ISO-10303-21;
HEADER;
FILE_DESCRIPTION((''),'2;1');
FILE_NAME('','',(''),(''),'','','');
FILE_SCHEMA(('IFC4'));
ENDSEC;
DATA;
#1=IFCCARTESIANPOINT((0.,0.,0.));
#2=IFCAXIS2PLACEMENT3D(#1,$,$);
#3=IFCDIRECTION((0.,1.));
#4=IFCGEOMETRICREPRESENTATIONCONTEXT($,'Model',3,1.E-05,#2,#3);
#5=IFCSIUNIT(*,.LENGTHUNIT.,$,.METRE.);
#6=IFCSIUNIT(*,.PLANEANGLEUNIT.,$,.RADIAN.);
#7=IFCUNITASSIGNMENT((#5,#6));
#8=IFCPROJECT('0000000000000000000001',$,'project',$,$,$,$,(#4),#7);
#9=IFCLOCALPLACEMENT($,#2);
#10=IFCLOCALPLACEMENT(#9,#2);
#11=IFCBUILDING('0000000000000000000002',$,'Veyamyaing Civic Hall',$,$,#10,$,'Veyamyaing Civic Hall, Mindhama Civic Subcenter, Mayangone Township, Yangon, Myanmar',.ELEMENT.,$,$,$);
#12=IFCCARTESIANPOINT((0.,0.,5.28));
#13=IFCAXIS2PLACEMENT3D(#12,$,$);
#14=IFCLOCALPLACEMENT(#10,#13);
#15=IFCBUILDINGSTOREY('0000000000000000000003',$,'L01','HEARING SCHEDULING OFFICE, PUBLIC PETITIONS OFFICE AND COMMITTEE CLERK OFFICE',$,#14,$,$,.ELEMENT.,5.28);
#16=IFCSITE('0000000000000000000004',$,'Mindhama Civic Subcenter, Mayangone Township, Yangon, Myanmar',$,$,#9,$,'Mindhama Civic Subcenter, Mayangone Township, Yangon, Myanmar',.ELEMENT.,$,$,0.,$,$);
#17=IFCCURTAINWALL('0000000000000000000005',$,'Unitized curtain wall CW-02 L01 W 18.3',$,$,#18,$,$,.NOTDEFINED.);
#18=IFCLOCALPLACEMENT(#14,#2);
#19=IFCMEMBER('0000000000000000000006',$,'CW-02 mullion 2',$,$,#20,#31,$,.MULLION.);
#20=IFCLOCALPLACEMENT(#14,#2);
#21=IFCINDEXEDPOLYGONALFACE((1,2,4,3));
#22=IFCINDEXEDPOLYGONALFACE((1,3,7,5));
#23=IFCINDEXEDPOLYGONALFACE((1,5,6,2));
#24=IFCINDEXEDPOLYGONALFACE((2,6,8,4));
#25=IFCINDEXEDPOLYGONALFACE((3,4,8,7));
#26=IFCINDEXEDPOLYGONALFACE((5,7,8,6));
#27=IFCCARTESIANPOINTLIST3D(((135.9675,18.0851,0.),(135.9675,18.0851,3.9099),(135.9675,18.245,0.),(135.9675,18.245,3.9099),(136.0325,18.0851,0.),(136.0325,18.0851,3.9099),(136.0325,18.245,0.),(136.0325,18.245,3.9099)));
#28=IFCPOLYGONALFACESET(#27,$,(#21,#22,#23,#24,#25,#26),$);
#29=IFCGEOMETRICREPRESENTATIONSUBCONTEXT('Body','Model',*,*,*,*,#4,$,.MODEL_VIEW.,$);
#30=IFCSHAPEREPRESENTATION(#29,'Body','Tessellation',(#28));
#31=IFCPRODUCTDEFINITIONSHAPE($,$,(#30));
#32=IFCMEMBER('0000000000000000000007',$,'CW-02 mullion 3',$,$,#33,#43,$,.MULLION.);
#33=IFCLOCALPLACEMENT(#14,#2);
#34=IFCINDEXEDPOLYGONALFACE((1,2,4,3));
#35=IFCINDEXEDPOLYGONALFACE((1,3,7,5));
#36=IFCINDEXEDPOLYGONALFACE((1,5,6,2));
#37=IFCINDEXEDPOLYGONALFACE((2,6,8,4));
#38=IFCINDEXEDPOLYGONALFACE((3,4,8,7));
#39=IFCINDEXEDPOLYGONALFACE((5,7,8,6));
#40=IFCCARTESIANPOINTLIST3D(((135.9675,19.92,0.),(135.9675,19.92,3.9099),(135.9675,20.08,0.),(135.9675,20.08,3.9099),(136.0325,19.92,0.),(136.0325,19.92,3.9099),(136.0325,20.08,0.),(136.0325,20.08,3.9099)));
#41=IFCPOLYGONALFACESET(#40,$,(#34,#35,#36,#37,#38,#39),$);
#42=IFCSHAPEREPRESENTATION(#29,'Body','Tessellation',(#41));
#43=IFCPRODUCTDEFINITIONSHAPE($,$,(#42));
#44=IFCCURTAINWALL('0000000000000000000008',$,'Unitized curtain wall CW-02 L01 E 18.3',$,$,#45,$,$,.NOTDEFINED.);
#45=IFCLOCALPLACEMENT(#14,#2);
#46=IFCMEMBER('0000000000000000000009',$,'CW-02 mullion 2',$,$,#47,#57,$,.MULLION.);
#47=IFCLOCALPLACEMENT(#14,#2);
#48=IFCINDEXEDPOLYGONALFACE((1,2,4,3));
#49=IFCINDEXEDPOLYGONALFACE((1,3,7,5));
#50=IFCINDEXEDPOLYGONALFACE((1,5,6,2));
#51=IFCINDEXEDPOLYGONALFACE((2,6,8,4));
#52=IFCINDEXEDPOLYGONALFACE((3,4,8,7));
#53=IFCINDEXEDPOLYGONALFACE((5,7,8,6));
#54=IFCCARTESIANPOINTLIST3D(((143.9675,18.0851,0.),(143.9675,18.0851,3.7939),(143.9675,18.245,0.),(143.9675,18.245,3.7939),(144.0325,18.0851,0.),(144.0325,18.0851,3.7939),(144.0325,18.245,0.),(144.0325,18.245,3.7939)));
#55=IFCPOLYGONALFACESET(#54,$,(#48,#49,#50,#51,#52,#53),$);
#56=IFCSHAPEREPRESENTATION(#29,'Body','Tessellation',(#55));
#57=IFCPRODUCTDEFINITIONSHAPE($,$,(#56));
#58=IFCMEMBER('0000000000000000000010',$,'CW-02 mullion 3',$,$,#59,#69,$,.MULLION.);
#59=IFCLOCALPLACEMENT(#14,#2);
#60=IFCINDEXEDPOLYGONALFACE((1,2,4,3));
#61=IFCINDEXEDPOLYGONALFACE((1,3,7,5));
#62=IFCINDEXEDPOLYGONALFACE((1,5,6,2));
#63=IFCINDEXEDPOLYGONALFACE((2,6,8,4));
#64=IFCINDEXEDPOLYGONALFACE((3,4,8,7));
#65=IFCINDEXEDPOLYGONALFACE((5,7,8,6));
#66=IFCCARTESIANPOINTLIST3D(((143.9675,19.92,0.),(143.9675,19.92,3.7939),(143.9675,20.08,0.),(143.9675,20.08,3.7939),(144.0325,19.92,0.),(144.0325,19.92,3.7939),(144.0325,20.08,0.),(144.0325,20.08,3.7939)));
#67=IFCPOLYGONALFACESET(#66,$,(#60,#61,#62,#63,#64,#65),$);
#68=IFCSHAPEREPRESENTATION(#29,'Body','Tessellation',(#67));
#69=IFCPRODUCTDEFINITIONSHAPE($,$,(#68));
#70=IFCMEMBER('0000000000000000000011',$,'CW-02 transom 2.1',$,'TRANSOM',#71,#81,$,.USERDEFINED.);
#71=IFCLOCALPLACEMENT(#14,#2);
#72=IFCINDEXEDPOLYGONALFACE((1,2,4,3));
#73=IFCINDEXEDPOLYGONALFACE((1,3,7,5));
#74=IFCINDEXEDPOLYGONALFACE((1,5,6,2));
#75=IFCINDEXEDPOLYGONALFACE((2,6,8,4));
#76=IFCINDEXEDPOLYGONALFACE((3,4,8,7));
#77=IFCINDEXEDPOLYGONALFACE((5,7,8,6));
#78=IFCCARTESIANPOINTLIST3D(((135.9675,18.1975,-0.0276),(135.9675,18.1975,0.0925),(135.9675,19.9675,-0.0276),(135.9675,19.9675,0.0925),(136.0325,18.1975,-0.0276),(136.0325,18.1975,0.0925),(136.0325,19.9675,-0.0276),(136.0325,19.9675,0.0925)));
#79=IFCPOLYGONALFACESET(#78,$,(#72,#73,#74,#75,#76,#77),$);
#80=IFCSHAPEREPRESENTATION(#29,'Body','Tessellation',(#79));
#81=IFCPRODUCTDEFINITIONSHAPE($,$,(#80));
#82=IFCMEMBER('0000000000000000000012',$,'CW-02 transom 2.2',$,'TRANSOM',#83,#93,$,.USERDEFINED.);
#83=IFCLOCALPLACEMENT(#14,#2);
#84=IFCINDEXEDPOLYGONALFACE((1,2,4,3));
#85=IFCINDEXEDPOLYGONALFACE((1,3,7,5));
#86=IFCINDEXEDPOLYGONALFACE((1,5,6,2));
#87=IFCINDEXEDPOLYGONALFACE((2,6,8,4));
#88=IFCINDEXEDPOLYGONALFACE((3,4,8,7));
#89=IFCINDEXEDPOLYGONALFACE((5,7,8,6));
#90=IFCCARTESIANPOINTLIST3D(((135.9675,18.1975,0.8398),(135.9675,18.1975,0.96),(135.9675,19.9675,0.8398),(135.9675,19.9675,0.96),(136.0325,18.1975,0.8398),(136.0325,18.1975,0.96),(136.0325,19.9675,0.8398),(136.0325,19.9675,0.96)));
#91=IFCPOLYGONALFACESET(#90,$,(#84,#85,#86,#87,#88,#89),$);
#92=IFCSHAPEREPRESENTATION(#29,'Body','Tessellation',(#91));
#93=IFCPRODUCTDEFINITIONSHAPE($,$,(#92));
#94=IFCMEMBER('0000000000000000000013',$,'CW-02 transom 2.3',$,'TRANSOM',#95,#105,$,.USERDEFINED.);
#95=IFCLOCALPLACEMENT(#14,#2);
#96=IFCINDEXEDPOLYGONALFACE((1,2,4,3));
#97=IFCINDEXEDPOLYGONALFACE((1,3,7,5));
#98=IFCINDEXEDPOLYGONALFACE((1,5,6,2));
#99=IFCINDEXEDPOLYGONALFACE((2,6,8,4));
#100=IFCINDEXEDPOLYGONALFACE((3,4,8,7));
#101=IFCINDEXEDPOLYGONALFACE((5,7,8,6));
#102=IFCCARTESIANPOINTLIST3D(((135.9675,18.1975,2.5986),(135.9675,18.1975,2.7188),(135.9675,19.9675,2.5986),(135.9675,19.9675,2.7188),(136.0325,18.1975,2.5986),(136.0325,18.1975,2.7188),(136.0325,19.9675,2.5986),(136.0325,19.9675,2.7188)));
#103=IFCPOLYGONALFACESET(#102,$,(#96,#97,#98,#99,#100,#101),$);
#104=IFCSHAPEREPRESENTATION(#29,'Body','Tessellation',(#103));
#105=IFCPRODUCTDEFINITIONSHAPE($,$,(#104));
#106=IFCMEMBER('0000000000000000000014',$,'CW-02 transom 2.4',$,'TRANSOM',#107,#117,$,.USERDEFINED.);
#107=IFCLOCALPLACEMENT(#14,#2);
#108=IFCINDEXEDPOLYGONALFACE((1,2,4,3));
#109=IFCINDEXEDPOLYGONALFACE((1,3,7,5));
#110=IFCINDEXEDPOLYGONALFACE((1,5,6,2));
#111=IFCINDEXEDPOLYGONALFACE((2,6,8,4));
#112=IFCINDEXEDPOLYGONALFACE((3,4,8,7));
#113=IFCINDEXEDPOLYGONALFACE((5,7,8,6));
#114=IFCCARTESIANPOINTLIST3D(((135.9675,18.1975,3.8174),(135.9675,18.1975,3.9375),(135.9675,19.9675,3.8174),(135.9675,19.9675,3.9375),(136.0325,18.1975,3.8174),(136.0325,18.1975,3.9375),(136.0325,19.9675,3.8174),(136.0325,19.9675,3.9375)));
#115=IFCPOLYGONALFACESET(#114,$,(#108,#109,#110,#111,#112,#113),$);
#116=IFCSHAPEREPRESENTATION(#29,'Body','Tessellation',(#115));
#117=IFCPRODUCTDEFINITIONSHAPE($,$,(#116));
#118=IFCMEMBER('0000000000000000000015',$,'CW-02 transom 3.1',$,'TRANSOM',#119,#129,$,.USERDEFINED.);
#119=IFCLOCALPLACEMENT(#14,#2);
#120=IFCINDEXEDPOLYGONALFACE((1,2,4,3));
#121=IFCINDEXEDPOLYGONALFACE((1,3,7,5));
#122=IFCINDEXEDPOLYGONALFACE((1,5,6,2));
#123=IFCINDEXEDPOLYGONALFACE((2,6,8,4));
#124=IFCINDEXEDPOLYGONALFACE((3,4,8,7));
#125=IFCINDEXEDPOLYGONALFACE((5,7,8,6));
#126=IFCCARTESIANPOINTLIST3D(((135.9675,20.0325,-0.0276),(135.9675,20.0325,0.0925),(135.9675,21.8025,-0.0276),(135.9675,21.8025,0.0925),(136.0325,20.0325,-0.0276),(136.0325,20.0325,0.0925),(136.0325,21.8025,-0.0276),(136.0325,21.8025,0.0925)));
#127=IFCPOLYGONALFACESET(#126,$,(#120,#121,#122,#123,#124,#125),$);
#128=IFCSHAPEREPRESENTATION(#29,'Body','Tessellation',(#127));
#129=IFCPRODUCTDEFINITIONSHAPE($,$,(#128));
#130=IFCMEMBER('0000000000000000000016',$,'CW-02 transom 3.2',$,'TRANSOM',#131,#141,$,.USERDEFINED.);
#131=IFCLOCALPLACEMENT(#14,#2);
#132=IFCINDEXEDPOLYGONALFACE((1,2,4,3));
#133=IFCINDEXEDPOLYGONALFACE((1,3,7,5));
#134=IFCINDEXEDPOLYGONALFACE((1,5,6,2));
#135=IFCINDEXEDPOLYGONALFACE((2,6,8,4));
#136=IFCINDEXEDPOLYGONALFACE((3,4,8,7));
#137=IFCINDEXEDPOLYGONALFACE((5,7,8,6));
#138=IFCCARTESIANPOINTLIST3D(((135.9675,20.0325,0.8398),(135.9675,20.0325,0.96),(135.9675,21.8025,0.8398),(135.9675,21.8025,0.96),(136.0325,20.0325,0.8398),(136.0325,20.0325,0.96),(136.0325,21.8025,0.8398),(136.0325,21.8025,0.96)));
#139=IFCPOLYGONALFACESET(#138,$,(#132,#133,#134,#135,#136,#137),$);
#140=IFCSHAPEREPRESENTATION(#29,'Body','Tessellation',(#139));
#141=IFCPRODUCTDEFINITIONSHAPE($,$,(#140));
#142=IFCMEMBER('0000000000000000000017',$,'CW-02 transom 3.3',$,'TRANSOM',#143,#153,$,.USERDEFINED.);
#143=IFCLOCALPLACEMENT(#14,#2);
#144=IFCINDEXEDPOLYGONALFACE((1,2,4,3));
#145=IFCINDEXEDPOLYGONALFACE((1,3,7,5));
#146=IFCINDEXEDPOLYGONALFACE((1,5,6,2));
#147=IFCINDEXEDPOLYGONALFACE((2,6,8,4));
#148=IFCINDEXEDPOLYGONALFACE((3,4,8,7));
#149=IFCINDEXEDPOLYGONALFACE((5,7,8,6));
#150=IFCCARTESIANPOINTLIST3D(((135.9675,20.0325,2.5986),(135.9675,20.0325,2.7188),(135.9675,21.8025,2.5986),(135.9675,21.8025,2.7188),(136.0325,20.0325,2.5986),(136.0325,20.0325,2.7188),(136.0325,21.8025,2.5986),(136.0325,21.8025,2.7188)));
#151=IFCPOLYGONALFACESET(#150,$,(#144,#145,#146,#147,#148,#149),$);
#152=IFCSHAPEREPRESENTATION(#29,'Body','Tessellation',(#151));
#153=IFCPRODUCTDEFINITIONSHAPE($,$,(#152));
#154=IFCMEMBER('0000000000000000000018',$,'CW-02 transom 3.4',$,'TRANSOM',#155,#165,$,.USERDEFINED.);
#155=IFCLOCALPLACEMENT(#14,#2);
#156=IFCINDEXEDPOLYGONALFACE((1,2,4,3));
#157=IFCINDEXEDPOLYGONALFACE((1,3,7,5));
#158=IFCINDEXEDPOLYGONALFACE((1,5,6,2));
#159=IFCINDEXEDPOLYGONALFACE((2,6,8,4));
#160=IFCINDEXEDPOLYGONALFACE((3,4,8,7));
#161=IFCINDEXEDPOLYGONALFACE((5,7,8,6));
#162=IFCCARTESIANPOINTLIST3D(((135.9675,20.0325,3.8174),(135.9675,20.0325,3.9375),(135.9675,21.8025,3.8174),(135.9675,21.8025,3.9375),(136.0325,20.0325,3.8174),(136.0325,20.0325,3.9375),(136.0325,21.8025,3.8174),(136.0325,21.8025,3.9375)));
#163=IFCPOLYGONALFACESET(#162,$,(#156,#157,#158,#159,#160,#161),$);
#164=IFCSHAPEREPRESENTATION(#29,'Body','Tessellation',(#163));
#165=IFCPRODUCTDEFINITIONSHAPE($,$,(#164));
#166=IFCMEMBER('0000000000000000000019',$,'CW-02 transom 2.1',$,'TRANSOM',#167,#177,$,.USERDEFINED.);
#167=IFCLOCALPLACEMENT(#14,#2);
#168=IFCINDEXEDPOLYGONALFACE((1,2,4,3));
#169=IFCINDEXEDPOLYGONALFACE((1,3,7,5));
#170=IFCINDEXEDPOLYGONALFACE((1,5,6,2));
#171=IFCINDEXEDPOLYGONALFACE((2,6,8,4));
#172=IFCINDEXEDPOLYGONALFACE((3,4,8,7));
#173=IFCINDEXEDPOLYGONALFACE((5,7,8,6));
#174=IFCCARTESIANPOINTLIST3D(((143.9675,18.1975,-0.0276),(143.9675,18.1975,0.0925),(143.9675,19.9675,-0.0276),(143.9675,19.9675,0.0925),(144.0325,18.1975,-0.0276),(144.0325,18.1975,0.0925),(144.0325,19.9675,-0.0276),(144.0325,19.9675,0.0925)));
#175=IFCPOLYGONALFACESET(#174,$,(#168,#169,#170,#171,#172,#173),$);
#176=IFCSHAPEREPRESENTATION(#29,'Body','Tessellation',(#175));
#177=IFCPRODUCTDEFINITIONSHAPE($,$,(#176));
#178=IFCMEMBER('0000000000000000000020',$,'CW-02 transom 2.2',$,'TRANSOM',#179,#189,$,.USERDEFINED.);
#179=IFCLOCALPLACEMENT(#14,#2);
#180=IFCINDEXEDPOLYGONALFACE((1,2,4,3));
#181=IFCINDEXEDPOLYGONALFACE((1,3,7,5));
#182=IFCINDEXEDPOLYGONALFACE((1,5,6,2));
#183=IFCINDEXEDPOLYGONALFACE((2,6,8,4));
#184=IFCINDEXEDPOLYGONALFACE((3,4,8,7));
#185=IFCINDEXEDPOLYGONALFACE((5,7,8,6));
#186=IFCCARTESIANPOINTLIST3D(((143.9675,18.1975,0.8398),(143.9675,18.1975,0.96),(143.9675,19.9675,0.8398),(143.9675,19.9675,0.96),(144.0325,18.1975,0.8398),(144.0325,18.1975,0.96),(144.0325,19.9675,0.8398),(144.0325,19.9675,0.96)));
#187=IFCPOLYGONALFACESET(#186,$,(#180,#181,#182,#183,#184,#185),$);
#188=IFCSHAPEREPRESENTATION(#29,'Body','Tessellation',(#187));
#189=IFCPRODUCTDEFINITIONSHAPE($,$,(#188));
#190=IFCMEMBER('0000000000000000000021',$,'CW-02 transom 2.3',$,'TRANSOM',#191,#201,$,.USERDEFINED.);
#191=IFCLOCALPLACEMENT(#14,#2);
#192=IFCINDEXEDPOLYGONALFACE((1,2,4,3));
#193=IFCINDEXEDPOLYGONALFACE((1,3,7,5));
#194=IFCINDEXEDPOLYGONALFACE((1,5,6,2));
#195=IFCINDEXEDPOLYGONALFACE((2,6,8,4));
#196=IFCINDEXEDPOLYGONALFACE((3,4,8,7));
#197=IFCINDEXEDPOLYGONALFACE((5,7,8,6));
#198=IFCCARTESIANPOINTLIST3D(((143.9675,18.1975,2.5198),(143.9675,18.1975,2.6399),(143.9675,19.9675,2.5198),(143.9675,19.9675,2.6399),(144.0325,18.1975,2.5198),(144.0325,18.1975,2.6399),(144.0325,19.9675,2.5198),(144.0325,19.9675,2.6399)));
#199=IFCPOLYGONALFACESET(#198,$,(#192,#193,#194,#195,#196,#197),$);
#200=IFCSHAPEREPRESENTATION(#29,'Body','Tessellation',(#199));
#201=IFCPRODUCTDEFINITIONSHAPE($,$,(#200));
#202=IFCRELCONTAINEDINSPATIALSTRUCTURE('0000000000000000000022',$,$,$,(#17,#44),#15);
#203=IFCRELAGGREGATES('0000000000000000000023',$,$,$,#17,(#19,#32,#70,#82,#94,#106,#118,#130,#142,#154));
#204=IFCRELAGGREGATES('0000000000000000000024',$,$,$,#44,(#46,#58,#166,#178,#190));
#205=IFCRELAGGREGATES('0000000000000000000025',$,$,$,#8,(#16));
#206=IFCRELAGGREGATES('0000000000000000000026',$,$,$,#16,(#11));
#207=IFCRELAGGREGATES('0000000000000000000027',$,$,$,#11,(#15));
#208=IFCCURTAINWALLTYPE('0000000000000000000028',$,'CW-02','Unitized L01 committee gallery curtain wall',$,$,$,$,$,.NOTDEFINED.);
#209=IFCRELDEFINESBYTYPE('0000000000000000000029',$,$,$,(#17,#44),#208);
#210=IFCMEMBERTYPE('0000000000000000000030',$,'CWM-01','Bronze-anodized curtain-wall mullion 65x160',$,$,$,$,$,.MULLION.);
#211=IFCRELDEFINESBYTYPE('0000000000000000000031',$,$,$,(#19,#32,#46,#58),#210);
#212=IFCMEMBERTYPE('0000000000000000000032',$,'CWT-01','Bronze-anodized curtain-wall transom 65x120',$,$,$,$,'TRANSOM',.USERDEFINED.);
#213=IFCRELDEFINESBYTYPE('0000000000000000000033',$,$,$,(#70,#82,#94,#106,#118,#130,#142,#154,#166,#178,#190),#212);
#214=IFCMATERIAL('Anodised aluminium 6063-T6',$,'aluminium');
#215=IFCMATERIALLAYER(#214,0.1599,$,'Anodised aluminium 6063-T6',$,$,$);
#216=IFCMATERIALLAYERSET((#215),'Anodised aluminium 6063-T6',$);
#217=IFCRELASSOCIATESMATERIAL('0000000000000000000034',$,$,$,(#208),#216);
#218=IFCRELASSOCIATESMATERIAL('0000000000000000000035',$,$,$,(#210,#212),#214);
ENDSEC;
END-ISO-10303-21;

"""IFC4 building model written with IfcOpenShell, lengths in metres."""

from ifc_helpers import new_model, si_unit, direction, frame, origin, origin_2d, place, context, subcontext, project, spatial, rectangle, extrude, material, layer, layer_set, material_profile, profile_set, type_object, element, aggregate, save


model = new_model("IFC4")

# Units and contexts
model_context = context("Model", 3, precision=1e-05, world=origin(), true_north=direction((0.0, 1.0)))
body_context = subcontext(model_context, "Body", "Model", "MODEL_VIEW")
ifc_project = project(units=[si_unit("LENGTHUNIT", "METRE"), si_unit("PLANEANGLEUNIT", "RADIAN")], contexts=[model_context])

# Site, building, storey
site_placement = place(None, origin())
site = spatial("IfcSite", under=ifc_project, at=site_placement, Name="Mindhama Civic Subcenter, Mayangone Township, Yangon, Myanmar", LongName="Mindhama Civic Subcenter, Mayangone Township, Yangon, Myanmar", CompositionType="ELEMENT", RefElevation=0.0)
building_placement = place(site_placement, origin())
building = spatial("IfcBuilding", under=site, at=building_placement, Name="Veyamyaing Civic Hall", LongName="Veyamyaing Civic Hall, Mindhama Civic Subcenter, Mayangone Township, Yangon, Myanmar", CompositionType="ELEMENT")
storey_placement = place(building_placement, frame((0.0, 0.0, 5.28)))
storey = spatial("IfcBuildingStorey", under=building, at=storey_placement, Name="L01", Description="HEARING SCHEDULING OFFICE, PUBLIC PETITIONS OFFICE AND COMMITTEE CLERK OFFICE", CompositionType="ELEMENT", Elevation=5.28)

# Curtain walls, members
ifc_material_1 = material(Name="Anodised aluminium 6063-T6", Category="aluminium")
ifc_layer_1 = layer(ifc_material_1, 0.1599, Name="Anodised aluminium 6063-T6")
ifc_layer_set_1 = layer_set([ifc_layer_1], Name="Anodised aluminium 6063-T6")
curtain_wall_type = type_object("IfcCurtainWallType", Name="CW-02", Description="Unitized L01 committee gallery curtain wall", PredefinedType="NOTDEFINED", material=ifc_layer_set_1)
curtain_wall_1_placement = place(storey_placement, origin())
curtain_wall_1 = element("IfcCurtainWall", 1, at=curtain_wall_1_placement, inside=storey, type_object=curtain_wall_type, Name="Unitized curtain wall CW-02 L01 W 18.3", PredefinedType="NOTDEFINED")
ifc_material_profile_1 = material_profile(ifc_material_1, rectangle(XDim=0.0649, YDim=0.1599, at=origin_2d()), Name="ALU-MUL-65X160")
ifc_profile_set_1 = profile_set([ifc_material_profile_1], Name="Anodised aluminium 6063-T6")
member_type_1 = type_object("IfcMemberType", Name="CWM-01", Description="Bronze-anodized curtain-wall mullion 65x160", PredefinedType="MULLION", material=ifc_profile_set_1)
member_1_placement = place(storey_placement, frame((136.0, 18.165, 0.0), z_axis=(0.0, 0.0, 1.0), x_axis=(-1.0, 0.0, 0.0)))
member_1 = element("IfcMember", 2, at=member_1_placement, type_object=member_type_1, Name="CW-02 mullion 2", PredefinedType="MULLION", context=body_context, shape_type="SweptSolid", body=[
    extrude(rectangle(XDim=0.0649, YDim=0.1599, at=origin_2d()), origin(), (0.0, 0.0, 1.0), 3.9099),
])
member_2_placement = place(storey_placement, frame((136.0, 20.0, 0.0), z_axis=(0.0, 0.0, 1.0), x_axis=(-1.0, 0.0, 0.0)))
member_2 = element("IfcMember", 3, at=member_2_placement, type_object=member_type_1, Name="CW-02 mullion 3", PredefinedType="MULLION", context=body_context, shape_type="SweptSolid", body=[
    extrude(rectangle(XDim=0.0649, YDim=0.1599, at=origin_2d()), origin(), (0.0, 0.0, 1.0), 3.9099),
])
curtain_wall_2_placement = place(storey_placement, origin())
curtain_wall_2 = element("IfcCurtainWall", 4, at=curtain_wall_2_placement, inside=storey, type_object=curtain_wall_type, Name="Unitized curtain wall CW-02 L01 E 18.3", PredefinedType="NOTDEFINED")
member_3_placement = place(storey_placement, frame((144.0, 18.165, 0.0), z_axis=(0.0, 0.0, 1.0), x_axis=(-1.0, 0.0, 0.0)))
member_3 = element("IfcMember", 5, at=member_3_placement, type_object=member_type_1, Name="CW-02 mullion 2", PredefinedType="MULLION", context=body_context, shape_type="SweptSolid", body=[
    extrude(rectangle(XDim=0.0649, YDim=0.1599, at=origin_2d()), origin(), (0.0, 0.0, 1.0), 3.7939),
])
member_4_placement = place(storey_placement, frame((144.0, 20.0, 0.0), z_axis=(0.0, 0.0, 1.0), x_axis=(-1.0, 0.0, 0.0)))
member_4 = element("IfcMember", 6, at=member_4_placement, type_object=member_type_1, Name="CW-02 mullion 3", PredefinedType="MULLION", context=body_context, shape_type="SweptSolid", body=[
    extrude(rectangle(XDim=0.0649, YDim=0.1599, at=origin_2d()), origin(), (0.0, 0.0, 1.0), 3.7939),
])

# Members
ifc_material_profile_2 = material_profile(ifc_material_1, rectangle(XDim=0.0649, YDim=0.1201, at=origin_2d()), Name="ALU-TRN-65X120")
ifc_profile_set_2 = profile_set([ifc_material_profile_2], Name="Anodised aluminium 6063-T6")
member_type_2 = type_object("IfcMemberType", Name="CWT-01", Description="Bronze-anodized curtain-wall transom 65x120", ElementType="TRANSOM", PredefinedType="USERDEFINED", material=ifc_profile_set_2)
member_5_placement = place(storey_placement, frame((136.0, 18.1975, 0.0325), z_axis=(0.0, 1.0, 0.0), x_axis=(-1.0, 0.0, 0.0)))
member_5 = element("IfcMember", 7, at=member_5_placement, type_object=member_type_2, Name="CW-02 transom 2.1", ObjectType="TRANSOM", PredefinedType="USERDEFINED", context=body_context, shape_type="SweptSolid", body=[
    extrude(rectangle(XDim=0.0649, YDim=0.1201, at=origin_2d()), origin(), (0.0, 0.0, 1.0), 1.77),
])
member_6_placement = place(storey_placement, frame((136.0, 18.1975, 0.8999), z_axis=(0.0, 1.0, 0.0), x_axis=(-1.0, 0.0, 0.0)))
member_6 = element("IfcMember", 8, at=member_6_placement, type_object=member_type_2, Name="CW-02 transom 2.2", ObjectType="TRANSOM", PredefinedType="USERDEFINED", context=body_context, shape_type="SweptSolid", body=[
    extrude(rectangle(XDim=0.0649, YDim=0.1201, at=origin_2d()), origin(), (0.0, 0.0, 1.0), 1.77),
])
member_7_placement = place(storey_placement, frame((136.0, 18.1975, 2.6587), z_axis=(0.0, 1.0, 0.0), x_axis=(-1.0, 0.0, 0.0)))
member_7 = element("IfcMember", 9, at=member_7_placement, type_object=member_type_2, Name="CW-02 transom 2.3", ObjectType="TRANSOM", PredefinedType="USERDEFINED", context=body_context, shape_type="SweptSolid", body=[
    extrude(rectangle(XDim=0.0649, YDim=0.1201, at=origin_2d()), origin(), (0.0, 0.0, 1.0), 1.77),
])
member_8_placement = place(storey_placement, frame((136.0, 18.1975, 3.8774), z_axis=(0.0, 1.0, 0.0), x_axis=(-1.0, 0.0, 0.0)))
member_8 = element("IfcMember", 10, at=member_8_placement, type_object=member_type_2, Name="CW-02 transom 2.4", ObjectType="TRANSOM", PredefinedType="USERDEFINED", context=body_context, shape_type="SweptSolid", body=[
    extrude(rectangle(XDim=0.0649, YDim=0.1201, at=origin_2d()), origin(), (0.0, 0.0, 1.0), 1.77),
])
member_9_placement = place(storey_placement, frame((136.0, 20.0325, 0.0325), z_axis=(0.0, 1.0, 0.0), x_axis=(-1.0, 0.0, 0.0)))
member_9 = element("IfcMember", 11, at=member_9_placement, type_object=member_type_2, Name="CW-02 transom 3.1", ObjectType="TRANSOM", PredefinedType="USERDEFINED", context=body_context, shape_type="SweptSolid", body=[
    extrude(rectangle(XDim=0.0649, YDim=0.1201, at=origin_2d()), origin(), (0.0, 0.0, 1.0), 1.77),
])
member_10_placement = place(storey_placement, frame((136.0, 20.0325, 0.8999), z_axis=(0.0, 1.0, 0.0), x_axis=(-1.0, 0.0, 0.0)))
member_10 = element("IfcMember", 12, at=member_10_placement, type_object=member_type_2, Name="CW-02 transom 3.2", ObjectType="TRANSOM", PredefinedType="USERDEFINED", context=body_context, shape_type="SweptSolid", body=[
    extrude(rectangle(XDim=0.0649, YDim=0.1201, at=origin_2d()), origin(), (0.0, 0.0, 1.0), 1.77),
])
member_11_placement = place(storey_placement, frame((136.0, 20.0325, 2.6587), z_axis=(0.0, 1.0, 0.0), x_axis=(-1.0, 0.0, 0.0)))
member_11 = element("IfcMember", 13, at=member_11_placement, type_object=member_type_2, Name="CW-02 transom 3.3", ObjectType="TRANSOM", PredefinedType="USERDEFINED", context=body_context, shape_type="SweptSolid", body=[
    extrude(rectangle(XDim=0.0649, YDim=0.1201, at=origin_2d()), origin(), (0.0, 0.0, 1.0), 1.77),
])
member_12_placement = place(storey_placement, frame((136.0, 20.0325, 3.8774), z_axis=(0.0, 1.0, 0.0), x_axis=(-1.0, 0.0, 0.0)))
member_12 = element("IfcMember", 14, at=member_12_placement, type_object=member_type_2, Name="CW-02 transom 3.4", ObjectType="TRANSOM", PredefinedType="USERDEFINED", context=body_context, shape_type="SweptSolid", body=[
    extrude(rectangle(XDim=0.0649, YDim=0.1201, at=origin_2d()), origin(), (0.0, 0.0, 1.0), 1.77),
])
member_13_placement = place(storey_placement, frame((144.0, 18.1975, 0.0325), z_axis=(0.0, 1.0, 0.0), x_axis=(-1.0, 0.0, 0.0)))
member_13 = element("IfcMember", 15, at=member_13_placement, type_object=member_type_2, Name="CW-02 transom 2.1", ObjectType="TRANSOM", PredefinedType="USERDEFINED", context=body_context, shape_type="SweptSolid", body=[
    extrude(rectangle(XDim=0.0649, YDim=0.1201, at=origin_2d()), origin(), (0.0, 0.0, 1.0), 1.77),
])
member_14_placement = place(storey_placement, frame((144.0, 18.1975, 0.8999), z_axis=(0.0, 1.0, 0.0), x_axis=(-1.0, 0.0, 0.0)))
member_14 = element("IfcMember", 16, at=member_14_placement, type_object=member_type_2, Name="CW-02 transom 2.2", ObjectType="TRANSOM", PredefinedType="USERDEFINED", context=body_context, shape_type="SweptSolid", body=[
    extrude(rectangle(XDim=0.0649, YDim=0.1201, at=origin_2d()), origin(), (0.0, 0.0, 1.0), 1.77),
])
member_15_placement = place(storey_placement, frame((144.0, 18.1975, 2.5798), z_axis=(0.0, 1.0, 0.0), x_axis=(-1.0, 0.0, 0.0)))
member_15 = element("IfcMember", 17, at=member_15_placement, type_object=member_type_2, Name="CW-02 transom 2.3", ObjectType="TRANSOM", PredefinedType="USERDEFINED", context=body_context, shape_type="SweptSolid", body=[
    extrude(rectangle(XDim=0.0649, YDim=0.1201, at=origin_2d()), origin(), (0.0, 0.0, 1.0), 1.77),
])

aggregate(curtain_wall_1, [member_1, member_2, member_5, member_6, member_7, member_8, member_9, member_10, member_11, member_12])
aggregate(curtain_wall_2, [member_3, member_4, member_13, member_14, member_15])

save(model, "model.ifc")
